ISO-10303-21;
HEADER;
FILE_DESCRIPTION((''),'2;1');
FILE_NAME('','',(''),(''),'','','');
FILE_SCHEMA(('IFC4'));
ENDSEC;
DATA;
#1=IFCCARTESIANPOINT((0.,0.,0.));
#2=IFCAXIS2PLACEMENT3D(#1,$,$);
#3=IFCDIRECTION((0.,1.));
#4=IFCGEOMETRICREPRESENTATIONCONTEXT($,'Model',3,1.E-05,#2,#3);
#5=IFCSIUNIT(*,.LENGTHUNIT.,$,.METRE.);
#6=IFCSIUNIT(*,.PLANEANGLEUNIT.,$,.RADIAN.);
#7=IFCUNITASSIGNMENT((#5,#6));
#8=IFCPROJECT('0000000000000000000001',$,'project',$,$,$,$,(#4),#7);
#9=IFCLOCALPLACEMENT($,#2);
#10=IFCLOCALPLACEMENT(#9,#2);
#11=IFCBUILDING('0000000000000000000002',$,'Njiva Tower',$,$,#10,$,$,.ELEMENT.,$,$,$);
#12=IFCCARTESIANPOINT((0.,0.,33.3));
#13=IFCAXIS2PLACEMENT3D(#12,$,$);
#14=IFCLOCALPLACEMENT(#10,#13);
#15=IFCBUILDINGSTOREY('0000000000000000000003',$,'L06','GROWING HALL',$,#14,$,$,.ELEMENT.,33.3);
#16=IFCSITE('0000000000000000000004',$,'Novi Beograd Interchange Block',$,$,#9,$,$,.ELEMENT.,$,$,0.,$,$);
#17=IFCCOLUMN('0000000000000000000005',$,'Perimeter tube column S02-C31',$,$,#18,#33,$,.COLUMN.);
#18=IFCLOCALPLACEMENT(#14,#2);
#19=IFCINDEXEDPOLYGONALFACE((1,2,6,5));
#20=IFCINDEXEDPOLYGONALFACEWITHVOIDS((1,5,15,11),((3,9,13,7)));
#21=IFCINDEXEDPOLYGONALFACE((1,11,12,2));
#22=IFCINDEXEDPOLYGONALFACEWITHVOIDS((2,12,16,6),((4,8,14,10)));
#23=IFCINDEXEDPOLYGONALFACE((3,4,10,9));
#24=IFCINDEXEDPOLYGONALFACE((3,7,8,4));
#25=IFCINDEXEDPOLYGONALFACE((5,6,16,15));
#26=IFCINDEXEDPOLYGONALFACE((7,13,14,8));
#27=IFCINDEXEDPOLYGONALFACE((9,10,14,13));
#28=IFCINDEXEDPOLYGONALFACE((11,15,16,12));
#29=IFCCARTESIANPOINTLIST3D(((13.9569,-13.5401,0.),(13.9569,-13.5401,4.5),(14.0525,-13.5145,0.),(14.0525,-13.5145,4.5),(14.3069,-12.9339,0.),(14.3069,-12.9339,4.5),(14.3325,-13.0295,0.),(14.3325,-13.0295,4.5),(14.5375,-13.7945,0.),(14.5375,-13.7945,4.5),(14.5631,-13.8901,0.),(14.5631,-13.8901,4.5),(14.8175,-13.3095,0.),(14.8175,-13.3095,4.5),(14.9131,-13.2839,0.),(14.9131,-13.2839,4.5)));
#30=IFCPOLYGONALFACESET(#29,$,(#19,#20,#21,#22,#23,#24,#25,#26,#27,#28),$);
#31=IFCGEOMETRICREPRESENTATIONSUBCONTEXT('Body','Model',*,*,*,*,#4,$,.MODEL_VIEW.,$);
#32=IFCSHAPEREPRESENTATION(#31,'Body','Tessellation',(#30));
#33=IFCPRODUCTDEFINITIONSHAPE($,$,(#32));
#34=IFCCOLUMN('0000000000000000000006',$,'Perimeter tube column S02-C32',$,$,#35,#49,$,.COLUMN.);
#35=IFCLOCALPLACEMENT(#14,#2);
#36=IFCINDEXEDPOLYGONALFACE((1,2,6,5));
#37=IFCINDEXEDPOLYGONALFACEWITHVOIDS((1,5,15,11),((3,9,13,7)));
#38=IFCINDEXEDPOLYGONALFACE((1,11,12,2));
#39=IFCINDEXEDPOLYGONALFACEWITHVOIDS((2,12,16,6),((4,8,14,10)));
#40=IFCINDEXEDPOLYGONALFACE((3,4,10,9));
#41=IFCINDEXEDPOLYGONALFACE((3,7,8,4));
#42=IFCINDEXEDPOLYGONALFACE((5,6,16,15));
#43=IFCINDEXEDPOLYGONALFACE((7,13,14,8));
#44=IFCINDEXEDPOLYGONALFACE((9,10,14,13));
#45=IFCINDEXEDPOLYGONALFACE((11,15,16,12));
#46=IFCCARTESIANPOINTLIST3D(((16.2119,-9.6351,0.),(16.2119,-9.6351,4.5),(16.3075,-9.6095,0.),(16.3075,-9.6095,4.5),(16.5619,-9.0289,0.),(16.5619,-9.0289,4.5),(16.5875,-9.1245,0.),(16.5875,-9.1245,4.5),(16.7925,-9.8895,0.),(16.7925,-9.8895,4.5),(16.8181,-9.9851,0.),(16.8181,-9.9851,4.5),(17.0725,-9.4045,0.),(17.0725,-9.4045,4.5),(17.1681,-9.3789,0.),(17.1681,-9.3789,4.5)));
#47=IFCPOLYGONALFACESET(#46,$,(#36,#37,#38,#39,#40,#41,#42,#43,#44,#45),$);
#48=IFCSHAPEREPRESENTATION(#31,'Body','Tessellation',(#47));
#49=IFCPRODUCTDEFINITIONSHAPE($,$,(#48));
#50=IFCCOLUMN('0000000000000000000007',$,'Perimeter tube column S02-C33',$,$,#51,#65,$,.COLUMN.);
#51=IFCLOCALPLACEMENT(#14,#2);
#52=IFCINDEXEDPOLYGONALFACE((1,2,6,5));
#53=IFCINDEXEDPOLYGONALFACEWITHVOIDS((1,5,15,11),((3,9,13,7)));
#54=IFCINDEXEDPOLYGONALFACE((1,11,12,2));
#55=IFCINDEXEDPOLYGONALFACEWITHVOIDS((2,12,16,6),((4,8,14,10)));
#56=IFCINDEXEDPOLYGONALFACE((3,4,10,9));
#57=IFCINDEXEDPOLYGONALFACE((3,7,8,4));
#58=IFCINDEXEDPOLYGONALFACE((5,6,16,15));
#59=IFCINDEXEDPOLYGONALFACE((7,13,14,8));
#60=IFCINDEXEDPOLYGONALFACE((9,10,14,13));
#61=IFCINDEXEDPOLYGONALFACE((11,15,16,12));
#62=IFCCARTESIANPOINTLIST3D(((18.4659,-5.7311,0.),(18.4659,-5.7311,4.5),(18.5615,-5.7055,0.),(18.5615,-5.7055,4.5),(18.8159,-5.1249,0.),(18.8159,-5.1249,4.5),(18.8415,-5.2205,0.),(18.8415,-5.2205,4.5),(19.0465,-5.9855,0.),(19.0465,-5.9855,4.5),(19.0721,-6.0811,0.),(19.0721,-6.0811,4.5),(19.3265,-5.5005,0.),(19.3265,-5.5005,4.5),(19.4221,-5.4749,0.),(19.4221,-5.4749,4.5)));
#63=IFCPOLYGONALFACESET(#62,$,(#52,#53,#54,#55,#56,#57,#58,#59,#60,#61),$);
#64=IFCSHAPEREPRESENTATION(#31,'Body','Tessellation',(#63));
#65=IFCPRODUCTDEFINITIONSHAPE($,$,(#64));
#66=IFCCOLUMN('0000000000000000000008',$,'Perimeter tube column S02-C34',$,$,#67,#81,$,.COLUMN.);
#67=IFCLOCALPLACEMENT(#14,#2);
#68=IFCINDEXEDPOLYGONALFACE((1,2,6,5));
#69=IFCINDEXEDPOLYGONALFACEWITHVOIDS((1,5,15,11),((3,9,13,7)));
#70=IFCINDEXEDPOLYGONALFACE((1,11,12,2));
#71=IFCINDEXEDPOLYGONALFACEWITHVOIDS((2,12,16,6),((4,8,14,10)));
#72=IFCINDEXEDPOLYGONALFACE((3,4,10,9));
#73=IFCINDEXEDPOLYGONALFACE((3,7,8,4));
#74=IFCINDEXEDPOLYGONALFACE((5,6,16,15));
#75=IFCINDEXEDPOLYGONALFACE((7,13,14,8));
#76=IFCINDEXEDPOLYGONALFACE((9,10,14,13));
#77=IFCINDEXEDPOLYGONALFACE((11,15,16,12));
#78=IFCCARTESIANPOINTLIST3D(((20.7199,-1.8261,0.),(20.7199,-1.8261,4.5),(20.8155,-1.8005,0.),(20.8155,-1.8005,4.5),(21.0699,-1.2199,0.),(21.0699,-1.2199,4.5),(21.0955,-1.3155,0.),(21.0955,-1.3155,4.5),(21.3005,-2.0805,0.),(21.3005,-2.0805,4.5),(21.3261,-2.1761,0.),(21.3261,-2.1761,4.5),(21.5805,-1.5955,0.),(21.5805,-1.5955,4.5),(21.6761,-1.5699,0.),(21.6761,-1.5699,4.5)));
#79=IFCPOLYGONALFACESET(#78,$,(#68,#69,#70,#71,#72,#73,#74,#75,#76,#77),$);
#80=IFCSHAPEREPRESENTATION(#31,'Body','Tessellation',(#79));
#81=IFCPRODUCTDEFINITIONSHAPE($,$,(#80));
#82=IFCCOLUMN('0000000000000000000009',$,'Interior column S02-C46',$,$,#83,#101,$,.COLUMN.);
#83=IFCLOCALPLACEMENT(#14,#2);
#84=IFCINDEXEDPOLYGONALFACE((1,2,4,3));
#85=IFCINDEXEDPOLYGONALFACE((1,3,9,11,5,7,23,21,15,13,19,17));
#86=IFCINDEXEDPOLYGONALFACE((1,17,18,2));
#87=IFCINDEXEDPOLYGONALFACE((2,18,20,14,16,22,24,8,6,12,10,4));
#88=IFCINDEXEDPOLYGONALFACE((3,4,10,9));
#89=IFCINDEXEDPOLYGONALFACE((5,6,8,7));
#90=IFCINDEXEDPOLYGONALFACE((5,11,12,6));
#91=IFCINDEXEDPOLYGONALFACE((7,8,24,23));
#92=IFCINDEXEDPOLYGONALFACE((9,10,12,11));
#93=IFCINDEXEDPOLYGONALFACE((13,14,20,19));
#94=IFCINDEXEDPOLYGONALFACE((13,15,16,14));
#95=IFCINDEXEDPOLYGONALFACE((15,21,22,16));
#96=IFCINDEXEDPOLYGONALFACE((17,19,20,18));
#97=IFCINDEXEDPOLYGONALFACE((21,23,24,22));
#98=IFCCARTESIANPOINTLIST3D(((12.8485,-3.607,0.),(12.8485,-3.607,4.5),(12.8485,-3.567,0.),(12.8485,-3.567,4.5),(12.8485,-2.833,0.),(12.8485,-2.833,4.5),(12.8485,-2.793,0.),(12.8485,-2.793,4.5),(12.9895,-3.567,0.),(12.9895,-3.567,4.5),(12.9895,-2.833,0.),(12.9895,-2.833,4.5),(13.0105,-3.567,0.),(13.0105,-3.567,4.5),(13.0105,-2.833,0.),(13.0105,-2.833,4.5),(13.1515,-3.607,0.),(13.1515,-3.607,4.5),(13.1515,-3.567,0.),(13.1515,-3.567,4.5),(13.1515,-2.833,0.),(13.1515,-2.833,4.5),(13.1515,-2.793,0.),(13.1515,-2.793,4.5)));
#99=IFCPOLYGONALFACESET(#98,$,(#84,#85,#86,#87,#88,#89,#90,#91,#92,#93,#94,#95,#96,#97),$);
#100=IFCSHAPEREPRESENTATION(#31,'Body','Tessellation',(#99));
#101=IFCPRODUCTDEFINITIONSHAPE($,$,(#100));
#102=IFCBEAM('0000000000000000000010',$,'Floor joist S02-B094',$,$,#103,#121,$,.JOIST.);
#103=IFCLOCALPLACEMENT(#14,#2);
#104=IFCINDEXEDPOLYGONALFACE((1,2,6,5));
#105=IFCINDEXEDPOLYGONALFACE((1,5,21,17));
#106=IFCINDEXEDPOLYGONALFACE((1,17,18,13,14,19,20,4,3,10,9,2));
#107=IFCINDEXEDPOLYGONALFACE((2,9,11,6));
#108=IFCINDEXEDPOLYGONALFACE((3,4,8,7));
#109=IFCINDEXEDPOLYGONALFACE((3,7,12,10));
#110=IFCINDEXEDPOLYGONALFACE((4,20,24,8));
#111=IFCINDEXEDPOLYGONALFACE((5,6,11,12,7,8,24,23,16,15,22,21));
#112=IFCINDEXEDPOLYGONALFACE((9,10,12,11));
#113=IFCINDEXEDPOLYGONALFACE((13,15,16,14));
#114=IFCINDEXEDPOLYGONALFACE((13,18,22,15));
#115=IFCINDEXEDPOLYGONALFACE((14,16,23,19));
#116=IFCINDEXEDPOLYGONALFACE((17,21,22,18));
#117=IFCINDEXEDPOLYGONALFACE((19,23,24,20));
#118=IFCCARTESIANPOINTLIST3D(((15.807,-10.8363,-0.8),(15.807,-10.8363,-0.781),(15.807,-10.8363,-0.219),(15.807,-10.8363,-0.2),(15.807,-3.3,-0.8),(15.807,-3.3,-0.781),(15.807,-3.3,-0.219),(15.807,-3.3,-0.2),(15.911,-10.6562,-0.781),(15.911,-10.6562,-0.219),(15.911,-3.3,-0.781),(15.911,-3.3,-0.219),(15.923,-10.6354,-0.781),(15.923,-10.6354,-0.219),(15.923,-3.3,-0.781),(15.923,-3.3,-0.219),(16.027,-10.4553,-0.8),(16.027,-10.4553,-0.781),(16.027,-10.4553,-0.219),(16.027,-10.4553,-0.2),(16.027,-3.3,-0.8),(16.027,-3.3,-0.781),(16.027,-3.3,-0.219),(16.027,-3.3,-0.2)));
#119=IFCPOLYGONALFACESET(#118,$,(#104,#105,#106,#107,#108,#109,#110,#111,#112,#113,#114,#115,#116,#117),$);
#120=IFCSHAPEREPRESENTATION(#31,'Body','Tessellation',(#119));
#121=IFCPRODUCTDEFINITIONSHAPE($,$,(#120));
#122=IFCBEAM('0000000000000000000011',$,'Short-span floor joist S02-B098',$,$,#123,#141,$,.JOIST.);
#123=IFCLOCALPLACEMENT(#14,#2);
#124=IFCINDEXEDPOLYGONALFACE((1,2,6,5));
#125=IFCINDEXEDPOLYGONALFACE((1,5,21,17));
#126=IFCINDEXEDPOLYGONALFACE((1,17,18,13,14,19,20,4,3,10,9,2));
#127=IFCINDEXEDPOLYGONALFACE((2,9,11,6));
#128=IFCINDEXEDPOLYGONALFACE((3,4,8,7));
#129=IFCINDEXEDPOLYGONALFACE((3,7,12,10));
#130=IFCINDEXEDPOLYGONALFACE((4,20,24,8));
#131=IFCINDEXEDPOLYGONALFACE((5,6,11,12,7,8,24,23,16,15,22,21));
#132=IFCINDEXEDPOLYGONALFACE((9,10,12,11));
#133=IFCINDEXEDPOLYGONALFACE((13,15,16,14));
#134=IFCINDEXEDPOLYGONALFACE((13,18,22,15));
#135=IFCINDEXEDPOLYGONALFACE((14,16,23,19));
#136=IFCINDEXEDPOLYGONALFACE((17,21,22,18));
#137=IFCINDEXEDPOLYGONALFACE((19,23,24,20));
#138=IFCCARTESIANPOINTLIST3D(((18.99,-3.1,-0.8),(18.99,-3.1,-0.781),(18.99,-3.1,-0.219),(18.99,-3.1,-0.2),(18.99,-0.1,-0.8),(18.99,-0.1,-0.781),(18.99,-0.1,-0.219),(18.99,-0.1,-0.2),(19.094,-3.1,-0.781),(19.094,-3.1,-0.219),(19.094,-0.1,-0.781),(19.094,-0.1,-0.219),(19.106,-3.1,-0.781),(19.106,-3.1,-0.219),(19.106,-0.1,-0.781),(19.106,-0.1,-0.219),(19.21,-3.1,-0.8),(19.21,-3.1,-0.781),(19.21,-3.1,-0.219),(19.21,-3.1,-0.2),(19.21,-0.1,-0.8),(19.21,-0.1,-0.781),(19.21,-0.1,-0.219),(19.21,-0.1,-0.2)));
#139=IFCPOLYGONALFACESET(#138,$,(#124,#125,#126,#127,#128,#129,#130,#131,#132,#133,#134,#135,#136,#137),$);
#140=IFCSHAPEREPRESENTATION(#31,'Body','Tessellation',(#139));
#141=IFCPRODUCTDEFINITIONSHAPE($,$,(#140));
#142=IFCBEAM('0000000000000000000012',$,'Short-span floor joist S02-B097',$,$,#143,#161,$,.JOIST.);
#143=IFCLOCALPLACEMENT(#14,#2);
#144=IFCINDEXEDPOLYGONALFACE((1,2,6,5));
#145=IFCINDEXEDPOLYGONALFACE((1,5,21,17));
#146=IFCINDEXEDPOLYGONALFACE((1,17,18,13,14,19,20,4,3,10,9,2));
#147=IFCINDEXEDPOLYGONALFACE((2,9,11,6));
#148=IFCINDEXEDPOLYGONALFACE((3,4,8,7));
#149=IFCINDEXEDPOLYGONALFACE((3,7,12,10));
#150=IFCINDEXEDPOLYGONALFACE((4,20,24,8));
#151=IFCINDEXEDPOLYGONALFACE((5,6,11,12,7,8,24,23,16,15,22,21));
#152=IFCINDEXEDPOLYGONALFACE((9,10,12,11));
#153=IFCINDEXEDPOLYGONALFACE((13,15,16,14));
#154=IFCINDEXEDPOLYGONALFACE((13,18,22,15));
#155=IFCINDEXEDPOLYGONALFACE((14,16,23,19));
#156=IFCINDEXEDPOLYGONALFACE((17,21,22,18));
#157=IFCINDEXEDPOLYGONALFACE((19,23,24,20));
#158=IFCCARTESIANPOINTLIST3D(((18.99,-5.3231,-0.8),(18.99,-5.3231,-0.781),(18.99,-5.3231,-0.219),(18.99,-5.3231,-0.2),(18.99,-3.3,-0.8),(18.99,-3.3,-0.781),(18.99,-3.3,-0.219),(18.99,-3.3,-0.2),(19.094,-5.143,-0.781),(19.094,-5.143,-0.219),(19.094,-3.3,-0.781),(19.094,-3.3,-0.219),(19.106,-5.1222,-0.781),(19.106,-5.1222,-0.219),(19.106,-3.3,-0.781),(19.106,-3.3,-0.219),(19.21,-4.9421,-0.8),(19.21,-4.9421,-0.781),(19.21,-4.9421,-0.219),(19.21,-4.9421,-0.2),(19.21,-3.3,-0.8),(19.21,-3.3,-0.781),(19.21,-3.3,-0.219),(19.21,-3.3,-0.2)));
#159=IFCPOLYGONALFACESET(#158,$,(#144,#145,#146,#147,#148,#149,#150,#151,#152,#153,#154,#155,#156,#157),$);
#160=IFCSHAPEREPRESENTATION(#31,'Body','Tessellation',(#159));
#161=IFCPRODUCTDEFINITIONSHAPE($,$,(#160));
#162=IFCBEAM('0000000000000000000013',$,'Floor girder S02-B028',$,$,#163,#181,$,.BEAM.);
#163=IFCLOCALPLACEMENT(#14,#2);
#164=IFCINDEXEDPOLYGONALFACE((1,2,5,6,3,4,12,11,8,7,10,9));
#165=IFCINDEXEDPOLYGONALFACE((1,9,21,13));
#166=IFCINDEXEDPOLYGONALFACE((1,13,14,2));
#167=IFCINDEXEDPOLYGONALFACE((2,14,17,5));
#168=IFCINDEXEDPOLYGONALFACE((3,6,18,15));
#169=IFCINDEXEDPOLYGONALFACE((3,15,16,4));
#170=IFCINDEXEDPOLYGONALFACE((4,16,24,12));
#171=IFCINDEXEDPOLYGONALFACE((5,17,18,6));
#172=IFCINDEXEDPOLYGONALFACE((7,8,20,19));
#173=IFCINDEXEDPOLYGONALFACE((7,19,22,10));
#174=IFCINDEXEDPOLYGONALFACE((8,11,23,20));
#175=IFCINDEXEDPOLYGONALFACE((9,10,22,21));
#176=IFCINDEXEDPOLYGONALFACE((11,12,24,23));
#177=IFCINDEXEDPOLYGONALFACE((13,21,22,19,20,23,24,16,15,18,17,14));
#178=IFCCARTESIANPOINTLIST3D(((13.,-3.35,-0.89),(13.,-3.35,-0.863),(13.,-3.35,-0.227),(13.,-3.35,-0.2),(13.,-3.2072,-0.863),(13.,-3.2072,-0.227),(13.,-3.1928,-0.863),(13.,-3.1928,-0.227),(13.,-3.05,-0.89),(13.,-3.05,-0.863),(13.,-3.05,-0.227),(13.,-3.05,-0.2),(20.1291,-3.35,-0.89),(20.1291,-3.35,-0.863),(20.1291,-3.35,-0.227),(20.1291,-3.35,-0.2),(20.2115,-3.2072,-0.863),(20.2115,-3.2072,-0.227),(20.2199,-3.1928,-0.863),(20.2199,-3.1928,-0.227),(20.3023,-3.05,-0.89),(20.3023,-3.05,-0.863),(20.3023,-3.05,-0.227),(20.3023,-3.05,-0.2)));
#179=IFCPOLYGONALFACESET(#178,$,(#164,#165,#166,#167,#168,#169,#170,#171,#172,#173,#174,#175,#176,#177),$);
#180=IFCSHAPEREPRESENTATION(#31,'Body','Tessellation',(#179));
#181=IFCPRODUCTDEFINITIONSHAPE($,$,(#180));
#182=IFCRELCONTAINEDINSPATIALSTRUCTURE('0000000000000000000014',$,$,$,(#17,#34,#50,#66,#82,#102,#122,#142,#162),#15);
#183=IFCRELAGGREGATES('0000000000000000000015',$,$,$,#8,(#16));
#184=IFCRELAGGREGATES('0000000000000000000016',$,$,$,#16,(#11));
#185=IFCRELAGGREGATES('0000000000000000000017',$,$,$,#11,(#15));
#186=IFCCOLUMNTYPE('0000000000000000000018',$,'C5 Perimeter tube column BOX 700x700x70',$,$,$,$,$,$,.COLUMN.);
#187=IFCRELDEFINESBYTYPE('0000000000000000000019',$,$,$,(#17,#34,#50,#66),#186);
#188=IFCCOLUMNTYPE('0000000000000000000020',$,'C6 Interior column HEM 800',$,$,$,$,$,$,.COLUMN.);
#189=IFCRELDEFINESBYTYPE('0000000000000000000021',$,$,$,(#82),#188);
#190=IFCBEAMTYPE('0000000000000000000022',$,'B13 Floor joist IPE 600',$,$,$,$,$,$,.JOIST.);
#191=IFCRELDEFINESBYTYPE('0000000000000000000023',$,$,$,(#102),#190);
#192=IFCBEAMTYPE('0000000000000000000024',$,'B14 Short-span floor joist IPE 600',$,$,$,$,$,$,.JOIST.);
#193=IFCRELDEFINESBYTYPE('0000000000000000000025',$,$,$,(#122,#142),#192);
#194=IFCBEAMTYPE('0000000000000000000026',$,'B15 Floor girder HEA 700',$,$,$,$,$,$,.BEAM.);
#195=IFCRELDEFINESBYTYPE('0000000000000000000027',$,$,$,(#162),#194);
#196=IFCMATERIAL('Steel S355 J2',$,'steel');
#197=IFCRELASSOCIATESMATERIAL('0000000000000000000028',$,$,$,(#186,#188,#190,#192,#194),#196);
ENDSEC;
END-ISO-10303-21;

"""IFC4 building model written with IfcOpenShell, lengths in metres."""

from ifc_helpers import new_model, si_unit, direction, frame, origin, origin_2d, place, context, subcontext, project, spatial, hollow_rectangle, i_section, extrude, clip, halfspace, material, material_profile, profile_set, type_object, element, save


model = new_model("IFC4")

# Units and contexts
model_context = context("Model", 3, precision=1e-05, world=origin(), true_north=direction((0.0, 1.0)))
body_context = subcontext(model_context, "Body", "Model", "MODEL_VIEW")
ifc_project = project(units=[si_unit("LENGTHUNIT", "METRE"), si_unit("PLANEANGLEUNIT", "RADIAN")], contexts=[model_context])

# Site, building, storey
site_placement = place(None, origin())
site = spatial("IfcSite", under=ifc_project, at=site_placement, Name="Novi Beograd Interchange Block", CompositionType="ELEMENT", RefElevation=0.0)
building_placement = place(site_placement, origin())
building = spatial("IfcBuilding", under=site, at=building_placement, Name="Njiva Tower", CompositionType="ELEMENT")
storey_placement = place(building_placement, frame((0.0, 0.0, 33.3)))
storey = spatial("IfcBuildingStorey", under=building, at=storey_placement, Name="L06", Description="GROWING HALL", CompositionType="ELEMENT", Elevation=33.3)

# Columns
ifc_material_1 = material(Name="Steel S355 J2", Category="steel")
ifc_material_profile_1 = material_profile(ifc_material_1, hollow_rectangle(XDim=0.7, YDim=0.7, WallThickness=0.07, at=origin_2d()), Name="BOX 700x700x70")
ifc_profile_set_1 = profile_set([ifc_material_profile_1], Name="Steel S355 J2")
column_type_1 = type_object("IfcColumnType", Name="C5 Perimeter tube column BOX 700x700x70", PredefinedType="COLUMN", material=ifc_profile_set_1)
for number, where, z_axis, x_axis, name in (
    (1, (14.435, -13.412, 0.0), (0.0, 0.0, 1.0), (0.5, 0.866025, 0.0), "Perimeter tube column S02-C31"),
    (2, (16.69, -9.507, 0.0), (0.0, 0.0, 1.0), (0.5, 0.866025, 0.0), "Perimeter tube column S02-C32"),
    (3, (18.944, -5.603, 0.0), (0.0, 0.0, 1.0), (0.5, 0.866025, 0.0), "Perimeter tube column S02-C33"),
    (4, (21.198, -1.698, 0.0), (0.0, 0.0, 1.0), (0.5, 0.866025, 0.0), "Perimeter tube column S02-C34"),
):
    element("IfcColumn", number, at=place(storey_placement, frame(where, z_axis=z_axis, x_axis=x_axis)), inside=storey, type_object=column_type_1, Name=name, PredefinedType="COLUMN", context=body_context, shape_type="SweptSolid", body=[
        extrude(hollow_rectangle(XDim=0.7, YDim=0.7, WallThickness=0.07, at=origin_2d()), origin(), (0.0, 0.0, 1.0), 4.5),
    ])
ifc_material_profile_2 = material_profile(ifc_material_1, i_section(OverallWidth=0.303, OverallDepth=0.814, WebThickness=0.021, FlangeThickness=0.04, at=origin_2d()), Name="HEM 800")
ifc_profile_set_2 = profile_set([ifc_material_profile_2], Name="Steel S355 J2")
column_type_2 = type_object("IfcColumnType", Name="C6 Interior column HEM 800", PredefinedType="COLUMN", material=ifc_profile_set_2)
column_placement = place(storey_placement, frame((13.0, -3.2, 0.0), z_axis=(0.0, 0.0, 1.0), x_axis=(1.0, 0.0, 0.0)))
element("IfcColumn", 5, at=column_placement, inside=storey, type_object=column_type_2, Name="Interior column S02-C46", PredefinedType="COLUMN", context=body_context, shape_type="SweptSolid", body=[
    extrude(i_section(OverallWidth=0.303, OverallDepth=0.814, WebThickness=0.021, FlangeThickness=0.04, at=origin_2d()), origin(), (0.0, 0.0, 1.0), 4.5),
])

# Beams
ifc_material_profile_3 = material_profile(ifc_material_1, i_section(OverallWidth=0.22, OverallDepth=0.6, WebThickness=0.012, FlangeThickness=0.019, at=origin_2d()), Name="IPE 600")
ifc_profile_set_3 = profile_set([ifc_material_profile_3], Name="Steel S355 J2")
beam_type_1 = type_object("IfcBeamType", Name="B13 Floor joist IPE 600", PredefinedType="JOIST", material=ifc_profile_set_3)
beam_1_placement = place(storey_placement, frame((15.917, -3.3, -0.5), z_axis=(0.0, -1.0, 0.0), x_axis=(1.0, 0.0, 0.0)))
element("IfcBeam", 6, at=beam_1_placement, inside=storey, type_object=beam_type_1, Name="Floor joist S02-B094", PredefinedType="JOIST", context=body_context, shape_type="Clipping", body=[
    clip(extrude(i_section(OverallWidth=0.22, OverallDepth=0.6, WebThickness=0.012, FlangeThickness=0.019, at=origin_2d()), origin(), (0.0, 0.0, 1.0), 7.557), halfspace(frame((0.043, 0.0, 7.2713), z_axis=(0.866027, 0.0, 0.499998), x_axis=(0.0, 1.0, 0.0)), False)),
])
ifc_material_profile_4 = material_profile(ifc_material_1, i_section(OverallWidth=0.22, OverallDepth=0.6, WebThickness=0.012, FlangeThickness=0.019, at=origin_2d()), Name="IPE 600")
ifc_profile_set_4 = profile_set([ifc_material_profile_4], Name="Steel S355 J2")
beam_type_2 = type_object("IfcBeamType", Name="B14 Short-span floor joist IPE 600", PredefinedType="JOIST", material=ifc_profile_set_4)
beam_2_placement = place(storey_placement, frame((19.1, -0.1, -0.5), z_axis=(0.0, -1.0, 0.0), x_axis=(1.0, 0.0, 0.0)))
element("IfcBeam", 7, at=beam_2_placement, inside=storey, type_object=beam_type_2, Name="Short-span floor joist S02-B098", PredefinedType="JOIST", context=body_context, shape_type="SweptSolid", body=[
    extrude(i_section(OverallWidth=0.22, OverallDepth=0.6, WebThickness=0.012, FlangeThickness=0.019, at=origin_2d()), origin(), (0.0, 0.0, 1.0), 3.0),
])
beam_3_placement = place(storey_placement, frame((19.1, -3.3, -0.5), z_axis=(0.0, -1.0, 0.0), x_axis=(1.0, 0.0, 0.0)))
element("IfcBeam", 8, at=beam_3_placement, inside=storey, type_object=beam_type_2, Name="Short-span floor joist S02-B097", PredefinedType="JOIST", context=body_context, shape_type="Clipping", body=[
    clip(extrude(i_section(OverallWidth=0.22, OverallDepth=0.6, WebThickness=0.012, FlangeThickness=0.019, at=origin_2d()), origin(), (0.0, 0.0, 1.0), 2.044), halfspace(frame((0.0433, 0.0, 1.7576), z_axis=(0.866027, 0.0, 0.499998), x_axis=(0.0, 1.0, 0.0)), False)),
])
ifc_material_profile_5 = material_profile(ifc_material_1, i_section(OverallWidth=0.3, OverallDepth=0.69, WebThickness=0.0145, FlangeThickness=0.027, at=origin_2d()), Name="HEA 700")
ifc_profile_set_5 = profile_set([ifc_material_profile_5], Name="Steel S355 J2")
beam_type_3 = type_object("IfcBeamType", Name="B15 Floor girder HEA 700", PredefinedType="BEAM", material=ifc_profile_set_5)
beam_4_placement = place(storey_placement, frame((13.0, -3.2, -0.545), z_axis=(1.0, 0.0, 0.0), x_axis=(0.0, 1.0, 0.0)))
element("IfcBeam", 9, at=beam_4_placement, inside=storey, type_object=beam_type_3, Name="Floor girder S02-B028", PredefinedType="BEAM", context=body_context, shape_type="Clipping", body=[
    clip(extrude(i_section(OverallWidth=0.3, OverallDepth=0.69, WebThickness=0.0145, FlangeThickness=0.027, at=origin_2d()), origin(), (0.0, 0.0, 1.0), 7.323), halfspace(frame((-0.025, 0.0, 7.2013), z_axis=(-0.499998, 0.0, 0.866027), x_axis=(0.0, 1.0, 0.0)), False)),
])

save(model, "model.ifc")
